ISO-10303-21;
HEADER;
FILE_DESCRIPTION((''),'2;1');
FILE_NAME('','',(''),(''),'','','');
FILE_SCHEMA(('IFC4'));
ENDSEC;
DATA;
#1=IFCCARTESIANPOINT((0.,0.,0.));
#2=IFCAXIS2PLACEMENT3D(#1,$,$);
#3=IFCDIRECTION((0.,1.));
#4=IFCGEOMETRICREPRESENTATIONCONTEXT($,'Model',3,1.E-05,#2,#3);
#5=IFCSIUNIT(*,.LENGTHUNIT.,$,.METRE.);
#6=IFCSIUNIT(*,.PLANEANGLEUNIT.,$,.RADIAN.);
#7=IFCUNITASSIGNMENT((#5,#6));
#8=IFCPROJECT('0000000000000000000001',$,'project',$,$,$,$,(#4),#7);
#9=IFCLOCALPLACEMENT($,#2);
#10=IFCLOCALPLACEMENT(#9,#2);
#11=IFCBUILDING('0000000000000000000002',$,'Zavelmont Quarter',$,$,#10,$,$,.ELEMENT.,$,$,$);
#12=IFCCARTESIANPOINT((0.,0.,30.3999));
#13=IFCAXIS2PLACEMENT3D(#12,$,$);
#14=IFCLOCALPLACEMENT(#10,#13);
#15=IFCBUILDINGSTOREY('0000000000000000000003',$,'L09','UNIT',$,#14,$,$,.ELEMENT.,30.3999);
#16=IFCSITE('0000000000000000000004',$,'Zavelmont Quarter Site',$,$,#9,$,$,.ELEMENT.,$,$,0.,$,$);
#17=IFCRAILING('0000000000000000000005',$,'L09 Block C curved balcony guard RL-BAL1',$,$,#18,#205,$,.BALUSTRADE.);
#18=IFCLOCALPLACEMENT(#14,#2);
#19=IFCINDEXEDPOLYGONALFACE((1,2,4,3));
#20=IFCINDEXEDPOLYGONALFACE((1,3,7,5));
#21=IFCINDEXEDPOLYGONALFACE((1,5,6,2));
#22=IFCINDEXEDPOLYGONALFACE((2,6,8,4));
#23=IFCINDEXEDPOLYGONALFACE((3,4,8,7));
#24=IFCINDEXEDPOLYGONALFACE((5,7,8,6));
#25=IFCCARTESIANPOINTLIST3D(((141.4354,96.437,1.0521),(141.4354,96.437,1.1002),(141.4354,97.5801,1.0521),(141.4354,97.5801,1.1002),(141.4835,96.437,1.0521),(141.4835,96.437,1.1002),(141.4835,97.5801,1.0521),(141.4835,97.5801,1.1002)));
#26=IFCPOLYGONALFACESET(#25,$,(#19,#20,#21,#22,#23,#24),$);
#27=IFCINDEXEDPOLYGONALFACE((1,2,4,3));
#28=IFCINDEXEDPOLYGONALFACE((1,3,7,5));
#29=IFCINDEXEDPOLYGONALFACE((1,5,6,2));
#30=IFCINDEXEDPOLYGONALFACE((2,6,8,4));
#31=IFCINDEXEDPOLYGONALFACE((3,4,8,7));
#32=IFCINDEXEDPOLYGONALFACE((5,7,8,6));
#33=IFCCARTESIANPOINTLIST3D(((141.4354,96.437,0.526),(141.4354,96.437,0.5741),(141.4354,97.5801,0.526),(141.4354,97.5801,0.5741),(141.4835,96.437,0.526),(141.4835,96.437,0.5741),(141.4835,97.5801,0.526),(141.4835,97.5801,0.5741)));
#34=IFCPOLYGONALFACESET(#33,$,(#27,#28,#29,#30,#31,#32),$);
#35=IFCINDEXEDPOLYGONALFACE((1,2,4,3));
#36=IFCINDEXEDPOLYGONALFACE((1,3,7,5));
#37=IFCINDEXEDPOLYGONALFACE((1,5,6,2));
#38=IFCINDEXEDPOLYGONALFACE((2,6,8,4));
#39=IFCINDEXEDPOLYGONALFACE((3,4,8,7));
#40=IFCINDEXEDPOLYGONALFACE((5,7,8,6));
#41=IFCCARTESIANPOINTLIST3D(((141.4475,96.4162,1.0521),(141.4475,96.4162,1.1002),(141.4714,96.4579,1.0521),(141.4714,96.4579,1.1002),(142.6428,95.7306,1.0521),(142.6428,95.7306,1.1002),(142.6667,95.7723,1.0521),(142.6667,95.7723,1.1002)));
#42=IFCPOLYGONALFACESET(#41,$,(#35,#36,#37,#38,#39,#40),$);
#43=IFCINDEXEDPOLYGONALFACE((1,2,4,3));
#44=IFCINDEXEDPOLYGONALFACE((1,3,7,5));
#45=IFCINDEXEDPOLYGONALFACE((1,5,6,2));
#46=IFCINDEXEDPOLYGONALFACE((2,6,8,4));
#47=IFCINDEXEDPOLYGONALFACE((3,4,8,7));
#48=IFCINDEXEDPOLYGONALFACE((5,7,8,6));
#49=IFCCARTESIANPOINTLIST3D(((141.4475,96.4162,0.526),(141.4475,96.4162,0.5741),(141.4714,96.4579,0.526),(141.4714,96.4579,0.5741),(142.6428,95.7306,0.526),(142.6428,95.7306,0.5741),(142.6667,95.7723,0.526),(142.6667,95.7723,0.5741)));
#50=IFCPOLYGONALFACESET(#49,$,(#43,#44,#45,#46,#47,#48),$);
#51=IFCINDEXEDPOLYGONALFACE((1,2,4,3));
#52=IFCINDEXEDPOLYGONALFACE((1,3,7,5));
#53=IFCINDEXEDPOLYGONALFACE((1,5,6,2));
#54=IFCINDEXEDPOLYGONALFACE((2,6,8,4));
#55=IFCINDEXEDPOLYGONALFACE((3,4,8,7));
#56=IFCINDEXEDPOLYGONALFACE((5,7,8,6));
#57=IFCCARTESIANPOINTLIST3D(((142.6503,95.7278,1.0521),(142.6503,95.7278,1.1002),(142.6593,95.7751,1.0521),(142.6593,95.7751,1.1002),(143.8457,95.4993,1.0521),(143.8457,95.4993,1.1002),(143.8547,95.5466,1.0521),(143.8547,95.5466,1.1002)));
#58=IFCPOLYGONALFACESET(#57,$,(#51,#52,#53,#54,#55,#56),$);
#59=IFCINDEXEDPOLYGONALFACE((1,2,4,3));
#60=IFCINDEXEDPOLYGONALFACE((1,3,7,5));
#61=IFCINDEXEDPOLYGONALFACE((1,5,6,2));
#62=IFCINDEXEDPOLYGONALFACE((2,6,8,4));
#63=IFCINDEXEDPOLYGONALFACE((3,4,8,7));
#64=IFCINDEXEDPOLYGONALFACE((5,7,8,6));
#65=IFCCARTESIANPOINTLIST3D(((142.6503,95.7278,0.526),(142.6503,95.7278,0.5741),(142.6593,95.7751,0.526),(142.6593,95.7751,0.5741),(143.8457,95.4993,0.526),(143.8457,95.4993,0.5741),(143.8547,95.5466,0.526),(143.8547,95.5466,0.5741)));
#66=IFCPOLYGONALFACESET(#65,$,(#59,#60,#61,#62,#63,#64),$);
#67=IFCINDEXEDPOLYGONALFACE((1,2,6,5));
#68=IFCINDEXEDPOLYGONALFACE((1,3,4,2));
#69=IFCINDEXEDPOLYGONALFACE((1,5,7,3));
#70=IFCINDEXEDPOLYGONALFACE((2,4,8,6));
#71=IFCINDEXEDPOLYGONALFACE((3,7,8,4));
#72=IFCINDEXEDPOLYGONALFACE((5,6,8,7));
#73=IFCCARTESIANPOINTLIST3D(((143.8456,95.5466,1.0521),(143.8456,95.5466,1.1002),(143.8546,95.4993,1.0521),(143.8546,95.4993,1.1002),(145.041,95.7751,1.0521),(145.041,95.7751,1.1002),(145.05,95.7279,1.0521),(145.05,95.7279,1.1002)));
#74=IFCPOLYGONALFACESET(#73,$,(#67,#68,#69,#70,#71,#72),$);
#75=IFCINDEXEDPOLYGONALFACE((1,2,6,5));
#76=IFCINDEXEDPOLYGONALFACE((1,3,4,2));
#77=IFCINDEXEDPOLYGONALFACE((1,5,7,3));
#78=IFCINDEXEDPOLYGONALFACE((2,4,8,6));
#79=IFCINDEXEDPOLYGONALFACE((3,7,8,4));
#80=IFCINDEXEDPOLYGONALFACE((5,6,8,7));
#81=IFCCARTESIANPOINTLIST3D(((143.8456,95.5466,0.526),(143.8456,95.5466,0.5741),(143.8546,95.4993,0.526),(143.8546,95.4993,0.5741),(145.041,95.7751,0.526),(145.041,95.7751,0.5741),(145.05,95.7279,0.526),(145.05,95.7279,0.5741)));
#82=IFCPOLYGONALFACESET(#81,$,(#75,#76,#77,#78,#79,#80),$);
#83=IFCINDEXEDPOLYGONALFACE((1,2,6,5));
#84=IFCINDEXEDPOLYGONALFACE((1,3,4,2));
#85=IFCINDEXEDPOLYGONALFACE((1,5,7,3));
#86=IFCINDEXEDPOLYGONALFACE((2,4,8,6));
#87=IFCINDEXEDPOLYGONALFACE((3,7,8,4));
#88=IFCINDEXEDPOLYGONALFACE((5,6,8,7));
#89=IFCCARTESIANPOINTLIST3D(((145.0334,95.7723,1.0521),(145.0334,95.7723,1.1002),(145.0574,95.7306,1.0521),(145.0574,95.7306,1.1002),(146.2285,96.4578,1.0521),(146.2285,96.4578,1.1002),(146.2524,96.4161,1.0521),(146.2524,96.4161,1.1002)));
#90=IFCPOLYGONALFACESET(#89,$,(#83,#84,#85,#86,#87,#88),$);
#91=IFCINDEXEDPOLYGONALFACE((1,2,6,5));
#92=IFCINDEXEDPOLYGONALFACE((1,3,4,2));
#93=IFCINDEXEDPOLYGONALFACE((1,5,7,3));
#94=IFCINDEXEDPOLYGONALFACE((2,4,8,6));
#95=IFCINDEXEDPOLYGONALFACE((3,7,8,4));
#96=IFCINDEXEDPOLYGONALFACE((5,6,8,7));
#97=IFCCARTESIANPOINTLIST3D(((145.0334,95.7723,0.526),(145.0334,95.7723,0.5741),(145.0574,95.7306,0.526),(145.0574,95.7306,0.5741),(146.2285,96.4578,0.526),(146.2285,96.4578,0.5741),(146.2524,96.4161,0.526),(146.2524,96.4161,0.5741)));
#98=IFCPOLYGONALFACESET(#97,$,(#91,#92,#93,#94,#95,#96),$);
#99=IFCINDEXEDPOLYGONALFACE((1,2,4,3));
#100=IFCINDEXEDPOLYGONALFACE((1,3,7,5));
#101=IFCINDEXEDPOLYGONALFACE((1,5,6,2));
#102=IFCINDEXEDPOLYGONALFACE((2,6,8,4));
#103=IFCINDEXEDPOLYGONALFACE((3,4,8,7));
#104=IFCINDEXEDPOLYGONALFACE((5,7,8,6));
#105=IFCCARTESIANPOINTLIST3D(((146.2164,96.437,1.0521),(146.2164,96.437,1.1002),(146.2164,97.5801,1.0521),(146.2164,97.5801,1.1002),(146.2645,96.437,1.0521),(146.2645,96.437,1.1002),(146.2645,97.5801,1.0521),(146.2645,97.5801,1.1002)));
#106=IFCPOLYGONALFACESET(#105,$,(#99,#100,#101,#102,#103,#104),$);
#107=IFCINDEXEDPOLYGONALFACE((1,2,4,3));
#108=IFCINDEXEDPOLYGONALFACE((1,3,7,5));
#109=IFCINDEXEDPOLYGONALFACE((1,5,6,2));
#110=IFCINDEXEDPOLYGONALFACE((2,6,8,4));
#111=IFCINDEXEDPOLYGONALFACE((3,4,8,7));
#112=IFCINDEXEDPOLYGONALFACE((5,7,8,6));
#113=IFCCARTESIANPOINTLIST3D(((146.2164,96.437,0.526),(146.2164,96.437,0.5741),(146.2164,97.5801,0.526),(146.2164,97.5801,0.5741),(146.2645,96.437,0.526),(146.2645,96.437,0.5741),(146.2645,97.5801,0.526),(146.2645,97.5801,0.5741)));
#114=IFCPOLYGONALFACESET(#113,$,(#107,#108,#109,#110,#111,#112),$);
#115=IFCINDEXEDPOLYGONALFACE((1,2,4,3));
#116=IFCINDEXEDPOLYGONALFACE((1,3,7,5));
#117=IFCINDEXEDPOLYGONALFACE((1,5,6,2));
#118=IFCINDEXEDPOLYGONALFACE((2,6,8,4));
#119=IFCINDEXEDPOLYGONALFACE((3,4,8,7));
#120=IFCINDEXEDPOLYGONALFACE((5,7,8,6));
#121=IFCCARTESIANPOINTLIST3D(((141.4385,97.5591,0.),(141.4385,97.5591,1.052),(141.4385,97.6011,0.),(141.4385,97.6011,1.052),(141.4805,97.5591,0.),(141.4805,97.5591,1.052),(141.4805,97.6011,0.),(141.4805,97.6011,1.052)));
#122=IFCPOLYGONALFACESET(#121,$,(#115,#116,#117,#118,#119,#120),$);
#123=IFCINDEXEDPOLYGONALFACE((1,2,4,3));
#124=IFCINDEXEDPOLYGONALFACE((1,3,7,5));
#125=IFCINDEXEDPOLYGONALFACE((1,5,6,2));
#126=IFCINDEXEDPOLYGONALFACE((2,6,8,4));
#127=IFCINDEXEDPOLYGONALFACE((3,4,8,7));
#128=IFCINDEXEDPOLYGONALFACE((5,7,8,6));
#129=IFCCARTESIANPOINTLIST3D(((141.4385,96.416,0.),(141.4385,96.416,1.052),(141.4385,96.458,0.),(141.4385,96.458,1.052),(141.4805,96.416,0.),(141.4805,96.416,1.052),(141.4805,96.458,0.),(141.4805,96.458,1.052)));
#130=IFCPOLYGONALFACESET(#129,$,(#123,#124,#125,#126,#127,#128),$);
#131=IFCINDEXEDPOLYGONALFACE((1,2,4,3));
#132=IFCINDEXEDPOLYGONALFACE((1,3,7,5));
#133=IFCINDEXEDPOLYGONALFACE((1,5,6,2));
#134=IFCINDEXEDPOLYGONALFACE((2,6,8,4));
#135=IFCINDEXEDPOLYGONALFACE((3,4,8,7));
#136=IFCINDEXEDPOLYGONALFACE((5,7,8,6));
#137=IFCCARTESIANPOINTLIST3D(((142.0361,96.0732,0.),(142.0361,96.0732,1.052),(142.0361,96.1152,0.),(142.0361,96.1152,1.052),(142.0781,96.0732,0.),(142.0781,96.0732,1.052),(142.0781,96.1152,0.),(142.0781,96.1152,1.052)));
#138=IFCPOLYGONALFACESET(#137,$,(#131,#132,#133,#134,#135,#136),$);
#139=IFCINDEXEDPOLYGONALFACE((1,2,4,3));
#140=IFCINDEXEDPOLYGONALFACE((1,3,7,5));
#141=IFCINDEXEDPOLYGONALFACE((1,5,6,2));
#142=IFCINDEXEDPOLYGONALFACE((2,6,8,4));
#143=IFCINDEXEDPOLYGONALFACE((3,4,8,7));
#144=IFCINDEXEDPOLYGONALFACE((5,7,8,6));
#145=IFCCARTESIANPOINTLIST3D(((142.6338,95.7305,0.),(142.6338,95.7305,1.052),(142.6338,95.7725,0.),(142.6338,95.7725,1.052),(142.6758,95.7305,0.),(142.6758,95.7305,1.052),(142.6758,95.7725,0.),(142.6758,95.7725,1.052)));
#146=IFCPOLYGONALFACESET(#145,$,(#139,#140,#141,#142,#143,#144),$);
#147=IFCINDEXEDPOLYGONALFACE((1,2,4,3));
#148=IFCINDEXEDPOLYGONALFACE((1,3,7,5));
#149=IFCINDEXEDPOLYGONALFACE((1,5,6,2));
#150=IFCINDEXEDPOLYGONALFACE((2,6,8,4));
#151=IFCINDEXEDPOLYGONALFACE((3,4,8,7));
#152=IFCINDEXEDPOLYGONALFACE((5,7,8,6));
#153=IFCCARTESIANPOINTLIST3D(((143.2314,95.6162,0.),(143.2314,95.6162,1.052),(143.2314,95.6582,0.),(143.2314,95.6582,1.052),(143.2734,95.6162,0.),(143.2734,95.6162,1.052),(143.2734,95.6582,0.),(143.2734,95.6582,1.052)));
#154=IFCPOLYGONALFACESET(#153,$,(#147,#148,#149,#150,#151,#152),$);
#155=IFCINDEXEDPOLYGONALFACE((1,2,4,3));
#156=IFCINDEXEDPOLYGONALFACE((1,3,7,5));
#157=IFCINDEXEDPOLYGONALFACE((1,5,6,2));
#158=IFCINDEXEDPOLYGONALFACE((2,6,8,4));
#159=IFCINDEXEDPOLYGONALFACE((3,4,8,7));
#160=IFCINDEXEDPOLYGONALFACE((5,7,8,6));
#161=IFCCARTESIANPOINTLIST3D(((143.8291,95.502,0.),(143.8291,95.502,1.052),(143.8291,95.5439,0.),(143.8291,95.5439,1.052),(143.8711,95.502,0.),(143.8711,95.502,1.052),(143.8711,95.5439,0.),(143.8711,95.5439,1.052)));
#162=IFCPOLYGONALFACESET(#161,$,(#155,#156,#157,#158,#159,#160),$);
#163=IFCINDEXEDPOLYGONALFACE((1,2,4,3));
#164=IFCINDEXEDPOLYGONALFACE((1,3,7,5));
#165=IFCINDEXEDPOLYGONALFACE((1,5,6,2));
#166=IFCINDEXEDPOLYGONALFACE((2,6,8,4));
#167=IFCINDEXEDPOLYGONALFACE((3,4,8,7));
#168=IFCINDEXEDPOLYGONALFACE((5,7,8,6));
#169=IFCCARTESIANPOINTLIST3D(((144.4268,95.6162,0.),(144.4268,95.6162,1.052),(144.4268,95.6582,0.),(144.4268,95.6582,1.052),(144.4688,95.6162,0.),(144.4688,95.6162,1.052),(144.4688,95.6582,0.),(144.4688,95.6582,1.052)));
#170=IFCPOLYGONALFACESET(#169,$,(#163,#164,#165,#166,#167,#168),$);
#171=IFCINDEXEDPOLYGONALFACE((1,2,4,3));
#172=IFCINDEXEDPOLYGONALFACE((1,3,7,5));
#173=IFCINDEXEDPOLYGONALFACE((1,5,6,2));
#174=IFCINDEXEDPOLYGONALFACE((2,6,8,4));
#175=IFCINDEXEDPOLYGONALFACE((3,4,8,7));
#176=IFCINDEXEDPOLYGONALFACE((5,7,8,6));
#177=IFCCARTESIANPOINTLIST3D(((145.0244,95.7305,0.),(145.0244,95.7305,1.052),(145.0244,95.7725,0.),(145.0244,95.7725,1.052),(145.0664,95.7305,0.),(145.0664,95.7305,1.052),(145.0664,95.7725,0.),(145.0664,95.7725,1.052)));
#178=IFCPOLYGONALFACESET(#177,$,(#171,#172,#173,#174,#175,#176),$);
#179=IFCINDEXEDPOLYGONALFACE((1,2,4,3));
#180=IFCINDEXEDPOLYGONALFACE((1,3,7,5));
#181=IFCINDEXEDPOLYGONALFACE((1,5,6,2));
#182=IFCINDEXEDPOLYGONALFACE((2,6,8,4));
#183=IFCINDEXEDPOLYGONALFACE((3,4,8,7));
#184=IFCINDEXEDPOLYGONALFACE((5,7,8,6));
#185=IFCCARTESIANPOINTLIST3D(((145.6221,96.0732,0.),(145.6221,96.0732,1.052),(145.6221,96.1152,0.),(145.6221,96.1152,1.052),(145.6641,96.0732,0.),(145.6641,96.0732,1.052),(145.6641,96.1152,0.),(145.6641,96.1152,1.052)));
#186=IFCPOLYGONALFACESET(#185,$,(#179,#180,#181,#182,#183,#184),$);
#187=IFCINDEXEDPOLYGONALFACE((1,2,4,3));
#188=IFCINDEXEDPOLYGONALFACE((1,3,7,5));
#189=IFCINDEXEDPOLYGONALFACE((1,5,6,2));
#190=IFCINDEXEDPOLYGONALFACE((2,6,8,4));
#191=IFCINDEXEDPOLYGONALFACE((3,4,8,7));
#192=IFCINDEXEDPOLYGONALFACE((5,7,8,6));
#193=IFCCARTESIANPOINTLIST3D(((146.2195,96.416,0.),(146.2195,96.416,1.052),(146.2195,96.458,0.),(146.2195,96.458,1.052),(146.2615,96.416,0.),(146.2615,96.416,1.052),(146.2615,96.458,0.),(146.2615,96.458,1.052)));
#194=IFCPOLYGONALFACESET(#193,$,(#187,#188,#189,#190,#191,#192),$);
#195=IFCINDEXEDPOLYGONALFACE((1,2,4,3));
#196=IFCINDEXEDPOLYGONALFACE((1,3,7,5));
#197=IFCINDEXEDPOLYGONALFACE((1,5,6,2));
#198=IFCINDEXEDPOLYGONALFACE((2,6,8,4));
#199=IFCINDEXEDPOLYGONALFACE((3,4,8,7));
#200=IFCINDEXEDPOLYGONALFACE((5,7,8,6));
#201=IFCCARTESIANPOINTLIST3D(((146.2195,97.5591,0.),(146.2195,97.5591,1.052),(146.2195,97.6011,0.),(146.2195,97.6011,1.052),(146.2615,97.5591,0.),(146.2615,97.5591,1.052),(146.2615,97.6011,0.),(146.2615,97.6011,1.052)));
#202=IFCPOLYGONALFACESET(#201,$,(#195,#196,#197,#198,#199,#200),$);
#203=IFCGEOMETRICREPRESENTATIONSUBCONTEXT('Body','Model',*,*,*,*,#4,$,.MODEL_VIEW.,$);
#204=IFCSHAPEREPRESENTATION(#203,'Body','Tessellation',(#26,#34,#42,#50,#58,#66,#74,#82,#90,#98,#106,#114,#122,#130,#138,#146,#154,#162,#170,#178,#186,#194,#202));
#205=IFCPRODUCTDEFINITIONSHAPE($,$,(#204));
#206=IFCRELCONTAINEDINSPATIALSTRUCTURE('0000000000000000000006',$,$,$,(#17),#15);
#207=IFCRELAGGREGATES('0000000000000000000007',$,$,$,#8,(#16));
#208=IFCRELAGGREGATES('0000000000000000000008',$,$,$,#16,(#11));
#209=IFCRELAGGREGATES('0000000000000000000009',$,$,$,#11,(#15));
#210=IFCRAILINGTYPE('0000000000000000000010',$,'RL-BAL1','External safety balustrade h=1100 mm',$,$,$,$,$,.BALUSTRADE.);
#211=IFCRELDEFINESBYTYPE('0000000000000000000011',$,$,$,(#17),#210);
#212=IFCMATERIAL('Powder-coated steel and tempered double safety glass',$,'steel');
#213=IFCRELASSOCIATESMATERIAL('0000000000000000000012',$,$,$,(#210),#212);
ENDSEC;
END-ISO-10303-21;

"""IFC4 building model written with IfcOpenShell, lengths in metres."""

from ifc_helpers import new_model, si_unit, direction, frame, origin, origin_2d, place, context, subcontext, project, spatial, rectangle, extrude, material, type_object, element, save


model = new_model("IFC4")

# Units and contexts
model_context = context("Model", 3, precision=1e-05, world=origin(), true_north=direction((0.0, 1.0)))
body_context = subcontext(model_context, "Body", "Model", "MODEL_VIEW")
ifc_project = project(units=[si_unit("LENGTHUNIT", "METRE"), si_unit("PLANEANGLEUNIT", "RADIAN")], contexts=[model_context])

# Site, building, storey
site_placement = place(None, origin())
site = spatial("IfcSite", under=ifc_project, at=site_placement, Name="Zavelmont Quarter Site", CompositionType="ELEMENT", RefElevation=0.0)
building_placement = place(site_placement, origin())
building = spatial("IfcBuilding", under=site, at=building_placement, Name="Zavelmont Quarter", CompositionType="ELEMENT")
storey_placement = place(building_placement, frame((0.0, 0.0, 30.3999)))
storey = spatial("IfcBuildingStorey", under=building, at=storey_placement, Name="L09", Description="UNIT", CompositionType="ELEMENT", Elevation=30.3999)

# Railing
ifc_material_1 = material(Name="Powder-coated steel and tempered double safety glass", Category="steel")
railing_type = type_object("IfcRailingType", Name="RL-BAL1", Description="External safety balustrade h=1100 mm", PredefinedType="BALUSTRADE", material=ifc_material_1)
railing_placement = place(storey_placement, frame((141.4595, 97.5801, 0.0)))
element("IfcRailing", 1, at=railing_placement, inside=storey, type_object=railing_type, Name="L09 Block C curved balcony guard RL-BAL1", PredefinedType="BALUSTRADE", context=body_context, shape_type="SweptSolid", body=[
    extrude(rectangle(XDim=0.0481, YDim=0.0481, at=origin_2d()), frame((0.0, 0.0, 1.0762), z_axis=(0.0, -1.0, 0.0), x_axis=(1.0, 0.0, 0.0)), (0.0, 0.0, 1.0), 1.1431),
    extrude(rectangle(XDim=0.0481, YDim=0.0481, at=origin_2d()), frame((0.0, 0.0, 0.55), z_axis=(0.0, -1.0, 0.0), x_axis=(1.0, 0.0, 0.0)), (0.0, 0.0, 1.0), 1.1431),
    extrude(rectangle(XDim=0.0481, YDim=0.0481, at=origin_2d()), frame((0.0, -1.1431, 1.0762), z_axis=(0.867457, -0.497512, 0.0), x_axis=(0.497512, 0.867457, 0.0)), (0.0, 0.0, 1.0), 1.3779),
    extrude(rectangle(XDim=0.0481, YDim=0.0481, at=origin_2d()), frame((0.0, -1.1431, 0.55), z_axis=(0.867457, -0.497512, 0.0), x_axis=(0.497512, 0.867457, 0.0)), (0.0, 0.0, 1.0), 1.3779),
    extrude(rectangle(XDim=0.0481, YDim=0.0481, at=origin_2d()), frame((1.1953, -1.8286, 1.0762), z_axis=(0.982212, -0.187776, 0.0), x_axis=(0.187776, 0.982212, 0.0)), (0.0, 0.0, 1.0), 1.217),
    extrude(rectangle(XDim=0.0481, YDim=0.0481, at=origin_2d()), frame((1.1953, -1.8286, 0.55), z_axis=(0.982212, -0.187776, 0.0), x_axis=(0.187776, 0.982212, 0.0)), (0.0, 0.0, 1.0), 1.217),
    extrude(rectangle(XDim=0.0481, YDim=0.0481, at=origin_2d()), frame((2.3906, -2.0571, 1.0762), z_axis=(0.982212, 0.187776, 0.0), x_axis=(-0.187776, 0.982212, 0.0)), (0.0, 0.0, 1.0), 1.217),
    extrude(rectangle(XDim=0.0481, YDim=0.0481, at=origin_2d()), frame((2.3906, -2.0571, 0.55), z_axis=(0.982212, 0.187776, 0.0), x_axis=(-0.187776, 0.982212, 0.0)), (0.0, 0.0, 1.0), 1.217),
    extrude(rectangle(XDim=0.0481, YDim=0.0481, at=origin_2d()), frame((3.5859, -1.8286, 1.0762), z_axis=(0.867413, 0.497589, 0.0), x_axis=(-0.497589, 0.867413, 0.0)), (0.0, 0.0, 1.0), 1.3777),
    extrude(rectangle(XDim=0.0481, YDim=0.0481, at=origin_2d()), frame((3.5859, -1.8286, 0.55), z_axis=(0.867413, 0.497589, 0.0), x_axis=(-0.497589, 0.867413, 0.0)), (0.0, 0.0, 1.0), 1.3777),
    extrude(rectangle(XDim=0.0481, YDim=0.0481, at=origin_2d()), frame((4.781, -1.1431, 1.0762), z_axis=(0.0, 1.0, 0.0), x_axis=(-1.0, 0.0, 0.0)), (0.0, 0.0, 1.0), 1.1431),
    extrude(rectangle(XDim=0.0481, YDim=0.0481, at=origin_2d()), frame((4.781, -1.1431, 0.55), z_axis=(0.0, 1.0, 0.0), x_axis=(-1.0, 0.0, 0.0)), (0.0, 0.0, 1.0), 1.1431),
    extrude(rectangle(XDim=0.042, YDim=0.042, at=origin_2d()), origin(), (0.0, 0.0, 1.0), 1.052),
    extrude(rectangle(XDim=0.042, YDim=0.042, at=origin_2d()), frame((0.0, -1.1431, 0.0)), (0.0, 0.0, 1.0), 1.052),
    extrude(rectangle(XDim=0.042, YDim=0.042, at=origin_2d()), frame((0.5977, -1.4858, 0.0)), (0.0, 0.0, 1.0), 1.052),
    extrude(rectangle(XDim=0.042, YDim=0.042, at=origin_2d()), frame((1.1953, -1.8286, 0.0)), (0.0, 0.0, 1.0), 1.052),
    extrude(rectangle(XDim=0.042, YDim=0.042, at=origin_2d()), frame((1.793, -1.9429, 0.0)), (0.0, 0.0, 1.0), 1.052),
    extrude(rectangle(XDim=0.042, YDim=0.042, at=origin_2d()), frame((2.3906, -2.0571, 0.0)), (0.0, 0.0, 1.0), 1.052),
    extrude(rectangle(XDim=0.042, YDim=0.042, at=origin_2d()), frame((2.9883, -1.9429, 0.0)), (0.0, 0.0, 1.0), 1.052),
    extrude(rectangle(XDim=0.042, YDim=0.042, at=origin_2d()), frame((3.5859, -1.8286, 0.0)), (0.0, 0.0, 1.0), 1.052),
    extrude(rectangle(XDim=0.042, YDim=0.042, at=origin_2d()), frame((4.1836, -1.4858, 0.0)), (0.0, 0.0, 1.0), 1.052),
    extrude(rectangle(XDim=0.042, YDim=0.042, at=origin_2d()), frame((4.781, -1.1431, 0.0)), (0.0, 0.0, 1.0), 1.052),
    extrude(rectangle(XDim=0.042, YDim=0.042, at=origin_2d()), frame((4.781, 0.0, 0.0)), (0.0, 0.0, 1.0), 1.052),
])

save(model, "model.ifc")
